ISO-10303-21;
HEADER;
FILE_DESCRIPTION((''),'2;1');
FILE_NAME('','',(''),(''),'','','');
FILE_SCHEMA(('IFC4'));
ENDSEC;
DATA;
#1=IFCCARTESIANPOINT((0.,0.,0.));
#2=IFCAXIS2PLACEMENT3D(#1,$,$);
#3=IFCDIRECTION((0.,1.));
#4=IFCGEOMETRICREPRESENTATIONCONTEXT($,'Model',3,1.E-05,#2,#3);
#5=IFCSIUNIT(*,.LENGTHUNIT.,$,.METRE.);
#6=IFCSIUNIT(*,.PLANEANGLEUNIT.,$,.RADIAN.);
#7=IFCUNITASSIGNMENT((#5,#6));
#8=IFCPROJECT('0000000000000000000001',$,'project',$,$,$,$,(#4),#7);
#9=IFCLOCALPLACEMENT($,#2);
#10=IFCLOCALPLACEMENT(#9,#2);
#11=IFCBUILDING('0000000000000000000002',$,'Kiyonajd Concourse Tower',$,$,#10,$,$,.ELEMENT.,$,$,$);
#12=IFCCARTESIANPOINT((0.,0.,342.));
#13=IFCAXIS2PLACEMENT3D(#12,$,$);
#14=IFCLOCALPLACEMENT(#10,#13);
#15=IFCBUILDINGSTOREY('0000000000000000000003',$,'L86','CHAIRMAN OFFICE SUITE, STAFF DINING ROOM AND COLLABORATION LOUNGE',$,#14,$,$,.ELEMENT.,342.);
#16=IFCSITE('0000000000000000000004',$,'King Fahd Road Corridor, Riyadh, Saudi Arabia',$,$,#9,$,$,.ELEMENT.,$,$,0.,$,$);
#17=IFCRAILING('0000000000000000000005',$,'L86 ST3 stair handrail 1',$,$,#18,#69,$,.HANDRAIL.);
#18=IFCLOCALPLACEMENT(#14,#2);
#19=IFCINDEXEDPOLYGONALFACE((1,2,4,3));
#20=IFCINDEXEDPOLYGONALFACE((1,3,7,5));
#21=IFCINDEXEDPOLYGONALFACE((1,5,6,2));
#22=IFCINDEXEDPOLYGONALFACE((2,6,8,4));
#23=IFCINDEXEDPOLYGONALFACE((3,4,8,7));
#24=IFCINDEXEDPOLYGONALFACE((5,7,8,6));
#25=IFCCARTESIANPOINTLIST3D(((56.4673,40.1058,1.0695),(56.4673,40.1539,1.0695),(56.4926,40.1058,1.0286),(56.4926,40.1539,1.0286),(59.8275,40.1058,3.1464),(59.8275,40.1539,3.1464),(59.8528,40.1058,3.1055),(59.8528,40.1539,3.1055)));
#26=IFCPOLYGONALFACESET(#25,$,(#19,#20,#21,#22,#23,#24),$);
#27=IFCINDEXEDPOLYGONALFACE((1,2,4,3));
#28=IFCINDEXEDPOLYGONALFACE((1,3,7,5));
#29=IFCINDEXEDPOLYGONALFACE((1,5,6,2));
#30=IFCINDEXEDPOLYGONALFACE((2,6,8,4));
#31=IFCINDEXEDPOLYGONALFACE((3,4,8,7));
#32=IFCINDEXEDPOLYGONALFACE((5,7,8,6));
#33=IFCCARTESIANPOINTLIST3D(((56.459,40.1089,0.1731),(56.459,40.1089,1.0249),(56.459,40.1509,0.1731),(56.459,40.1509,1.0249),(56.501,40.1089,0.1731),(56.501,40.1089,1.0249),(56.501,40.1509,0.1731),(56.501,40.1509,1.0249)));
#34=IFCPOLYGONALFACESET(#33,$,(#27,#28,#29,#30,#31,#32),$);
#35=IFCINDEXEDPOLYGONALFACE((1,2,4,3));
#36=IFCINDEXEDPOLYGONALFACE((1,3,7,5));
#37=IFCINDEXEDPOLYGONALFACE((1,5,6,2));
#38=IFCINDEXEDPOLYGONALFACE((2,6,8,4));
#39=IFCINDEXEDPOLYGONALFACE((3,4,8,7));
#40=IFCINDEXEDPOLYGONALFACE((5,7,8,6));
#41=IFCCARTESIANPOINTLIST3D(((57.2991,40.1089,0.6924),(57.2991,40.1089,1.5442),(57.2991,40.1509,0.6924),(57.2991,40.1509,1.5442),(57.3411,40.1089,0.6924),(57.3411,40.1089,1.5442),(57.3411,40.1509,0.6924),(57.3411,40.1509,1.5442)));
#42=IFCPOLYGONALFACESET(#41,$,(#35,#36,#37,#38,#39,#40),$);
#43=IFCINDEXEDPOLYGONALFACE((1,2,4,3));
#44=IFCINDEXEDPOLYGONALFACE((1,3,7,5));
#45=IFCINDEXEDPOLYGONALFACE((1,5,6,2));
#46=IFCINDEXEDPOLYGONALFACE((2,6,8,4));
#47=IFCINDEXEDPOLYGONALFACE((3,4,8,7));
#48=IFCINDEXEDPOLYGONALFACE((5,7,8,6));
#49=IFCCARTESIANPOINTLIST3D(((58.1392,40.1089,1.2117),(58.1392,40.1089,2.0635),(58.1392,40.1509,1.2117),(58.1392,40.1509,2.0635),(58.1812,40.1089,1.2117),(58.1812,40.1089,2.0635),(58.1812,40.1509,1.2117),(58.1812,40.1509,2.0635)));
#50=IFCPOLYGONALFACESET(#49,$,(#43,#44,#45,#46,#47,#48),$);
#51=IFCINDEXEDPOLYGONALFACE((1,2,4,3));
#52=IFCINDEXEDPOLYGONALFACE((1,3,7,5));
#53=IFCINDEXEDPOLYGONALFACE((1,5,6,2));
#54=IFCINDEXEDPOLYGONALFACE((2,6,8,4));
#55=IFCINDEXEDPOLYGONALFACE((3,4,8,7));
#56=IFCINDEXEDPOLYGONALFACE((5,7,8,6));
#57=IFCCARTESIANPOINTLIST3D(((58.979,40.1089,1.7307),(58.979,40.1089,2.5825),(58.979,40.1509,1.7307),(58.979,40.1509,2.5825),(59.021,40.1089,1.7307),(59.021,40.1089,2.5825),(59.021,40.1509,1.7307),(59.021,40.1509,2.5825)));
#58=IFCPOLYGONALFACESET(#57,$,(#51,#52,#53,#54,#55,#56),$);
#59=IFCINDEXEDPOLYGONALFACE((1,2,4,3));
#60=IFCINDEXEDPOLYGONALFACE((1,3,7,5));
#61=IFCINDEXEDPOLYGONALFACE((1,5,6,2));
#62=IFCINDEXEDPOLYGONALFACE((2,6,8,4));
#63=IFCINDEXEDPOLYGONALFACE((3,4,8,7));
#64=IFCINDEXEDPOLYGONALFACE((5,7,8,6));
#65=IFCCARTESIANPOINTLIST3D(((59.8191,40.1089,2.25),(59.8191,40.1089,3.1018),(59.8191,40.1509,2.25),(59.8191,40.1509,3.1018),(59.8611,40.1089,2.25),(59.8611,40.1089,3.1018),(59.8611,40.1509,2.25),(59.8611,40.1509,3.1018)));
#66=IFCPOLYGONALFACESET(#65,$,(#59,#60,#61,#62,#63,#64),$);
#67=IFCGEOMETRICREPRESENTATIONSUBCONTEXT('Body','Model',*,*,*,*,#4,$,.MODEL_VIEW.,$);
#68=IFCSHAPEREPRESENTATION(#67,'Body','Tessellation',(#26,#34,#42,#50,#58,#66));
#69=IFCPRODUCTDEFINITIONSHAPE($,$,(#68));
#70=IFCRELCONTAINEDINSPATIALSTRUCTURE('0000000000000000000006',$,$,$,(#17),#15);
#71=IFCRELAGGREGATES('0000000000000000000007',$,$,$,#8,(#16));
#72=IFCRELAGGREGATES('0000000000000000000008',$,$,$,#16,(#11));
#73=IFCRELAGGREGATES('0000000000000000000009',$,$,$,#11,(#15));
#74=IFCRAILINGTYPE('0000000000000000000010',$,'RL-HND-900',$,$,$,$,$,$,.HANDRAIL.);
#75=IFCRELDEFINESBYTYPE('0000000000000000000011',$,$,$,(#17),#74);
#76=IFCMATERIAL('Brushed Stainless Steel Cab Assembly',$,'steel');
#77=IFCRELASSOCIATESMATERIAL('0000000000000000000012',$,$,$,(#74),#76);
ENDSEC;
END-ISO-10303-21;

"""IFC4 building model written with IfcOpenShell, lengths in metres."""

from ifc_helpers import new_model, si_unit, direction, frame, origin, origin_2d, place, context, subcontext, project, spatial, rectangle, extrude, material, type_object, element, save


model = new_model("IFC4")

# Units and contexts
model_context = context("Model", 3, precision=1e-05, world=origin(), true_north=direction((0.0, 1.0)))
body_context = subcontext(model_context, "Body", "Model", "MODEL_VIEW")
ifc_project = project(units=[si_unit("LENGTHUNIT", "METRE"), si_unit("PLANEANGLEUNIT", "RADIAN")], contexts=[model_context])

# Site, building, storey
site_placement = place(None, origin())
site = spatial("IfcSite", under=ifc_project, at=site_placement, Name="King Fahd Road Corridor, Riyadh, Saudi Arabia", CompositionType="ELEMENT", RefElevation=0.0)
building_placement = place(site_placement, origin())
building = spatial("IfcBuilding", under=site, at=building_placement, Name="Kiyonajd Concourse Tower", CompositionType="ELEMENT")
storey_placement = place(building_placement, frame((0.0, 0.0, 342.0)))
storey = spatial("IfcBuildingStorey", under=building, at=storey_placement, Name="L86", Description="CHAIRMAN OFFICE SUITE, STAFF DINING ROOM AND COLLABORATION LOUNGE", CompositionType="ELEMENT", Elevation=342.0)

# Shared definitions
ifc_material_1 = material(Name="Brushed Stainless Steel Cab Assembly", Category="steel")

# Railing
railing_type_1 = type_object("IfcRailingType", Name="RL-HND-900", PredefinedType="HANDRAIL", material=ifc_material_1)
railing_1_placement = place(storey_placement, frame((56.48, 40.1299, 0.1731)))
element("IfcRailing", 1, at=railing_1_placement, inside=storey, type_object=railing_type_1, Name="L86 ST3 stair handrail 1", PredefinedType="HANDRAIL", context=body_context, shape_type="SweptSolid", body=[
    extrude(rectangle(XDim=0.0481, YDim=0.0481, at=origin_2d()), frame((0.0, 0.0, 0.876), z_axis=(0.850623, 0.0, 0.525776), x_axis=(0.0, 1.0, 0.0)), (0.0, 0.0, 1.0), 3.9502),
    extrude(rectangle(XDim=0.042, YDim=0.042, at=origin_2d()), origin(), (0.0, 0.0, 1.0), 0.8518),
    extrude(rectangle(XDim=0.042, YDim=0.042, at=origin_2d()), frame((0.8401, 0.0, 0.5193)), (0.0, 0.0, 1.0), 0.8518),
    extrude(rectangle(XDim=0.042, YDim=0.042, at=origin_2d()), frame((1.6802, 0.0, 1.0386)), (0.0, 0.0, 1.0), 0.8518),
    extrude(rectangle(XDim=0.042, YDim=0.042, at=origin_2d()), frame((2.52, 0.0, 1.5576)), (0.0, 0.0, 1.0), 0.8518),
    extrude(rectangle(XDim=0.042, YDim=0.042, at=origin_2d()), frame((3.3601, 0.0, 2.0769)), (0.0, 0.0, 1.0), 0.8518),
])

save(model, "model.ifc")
